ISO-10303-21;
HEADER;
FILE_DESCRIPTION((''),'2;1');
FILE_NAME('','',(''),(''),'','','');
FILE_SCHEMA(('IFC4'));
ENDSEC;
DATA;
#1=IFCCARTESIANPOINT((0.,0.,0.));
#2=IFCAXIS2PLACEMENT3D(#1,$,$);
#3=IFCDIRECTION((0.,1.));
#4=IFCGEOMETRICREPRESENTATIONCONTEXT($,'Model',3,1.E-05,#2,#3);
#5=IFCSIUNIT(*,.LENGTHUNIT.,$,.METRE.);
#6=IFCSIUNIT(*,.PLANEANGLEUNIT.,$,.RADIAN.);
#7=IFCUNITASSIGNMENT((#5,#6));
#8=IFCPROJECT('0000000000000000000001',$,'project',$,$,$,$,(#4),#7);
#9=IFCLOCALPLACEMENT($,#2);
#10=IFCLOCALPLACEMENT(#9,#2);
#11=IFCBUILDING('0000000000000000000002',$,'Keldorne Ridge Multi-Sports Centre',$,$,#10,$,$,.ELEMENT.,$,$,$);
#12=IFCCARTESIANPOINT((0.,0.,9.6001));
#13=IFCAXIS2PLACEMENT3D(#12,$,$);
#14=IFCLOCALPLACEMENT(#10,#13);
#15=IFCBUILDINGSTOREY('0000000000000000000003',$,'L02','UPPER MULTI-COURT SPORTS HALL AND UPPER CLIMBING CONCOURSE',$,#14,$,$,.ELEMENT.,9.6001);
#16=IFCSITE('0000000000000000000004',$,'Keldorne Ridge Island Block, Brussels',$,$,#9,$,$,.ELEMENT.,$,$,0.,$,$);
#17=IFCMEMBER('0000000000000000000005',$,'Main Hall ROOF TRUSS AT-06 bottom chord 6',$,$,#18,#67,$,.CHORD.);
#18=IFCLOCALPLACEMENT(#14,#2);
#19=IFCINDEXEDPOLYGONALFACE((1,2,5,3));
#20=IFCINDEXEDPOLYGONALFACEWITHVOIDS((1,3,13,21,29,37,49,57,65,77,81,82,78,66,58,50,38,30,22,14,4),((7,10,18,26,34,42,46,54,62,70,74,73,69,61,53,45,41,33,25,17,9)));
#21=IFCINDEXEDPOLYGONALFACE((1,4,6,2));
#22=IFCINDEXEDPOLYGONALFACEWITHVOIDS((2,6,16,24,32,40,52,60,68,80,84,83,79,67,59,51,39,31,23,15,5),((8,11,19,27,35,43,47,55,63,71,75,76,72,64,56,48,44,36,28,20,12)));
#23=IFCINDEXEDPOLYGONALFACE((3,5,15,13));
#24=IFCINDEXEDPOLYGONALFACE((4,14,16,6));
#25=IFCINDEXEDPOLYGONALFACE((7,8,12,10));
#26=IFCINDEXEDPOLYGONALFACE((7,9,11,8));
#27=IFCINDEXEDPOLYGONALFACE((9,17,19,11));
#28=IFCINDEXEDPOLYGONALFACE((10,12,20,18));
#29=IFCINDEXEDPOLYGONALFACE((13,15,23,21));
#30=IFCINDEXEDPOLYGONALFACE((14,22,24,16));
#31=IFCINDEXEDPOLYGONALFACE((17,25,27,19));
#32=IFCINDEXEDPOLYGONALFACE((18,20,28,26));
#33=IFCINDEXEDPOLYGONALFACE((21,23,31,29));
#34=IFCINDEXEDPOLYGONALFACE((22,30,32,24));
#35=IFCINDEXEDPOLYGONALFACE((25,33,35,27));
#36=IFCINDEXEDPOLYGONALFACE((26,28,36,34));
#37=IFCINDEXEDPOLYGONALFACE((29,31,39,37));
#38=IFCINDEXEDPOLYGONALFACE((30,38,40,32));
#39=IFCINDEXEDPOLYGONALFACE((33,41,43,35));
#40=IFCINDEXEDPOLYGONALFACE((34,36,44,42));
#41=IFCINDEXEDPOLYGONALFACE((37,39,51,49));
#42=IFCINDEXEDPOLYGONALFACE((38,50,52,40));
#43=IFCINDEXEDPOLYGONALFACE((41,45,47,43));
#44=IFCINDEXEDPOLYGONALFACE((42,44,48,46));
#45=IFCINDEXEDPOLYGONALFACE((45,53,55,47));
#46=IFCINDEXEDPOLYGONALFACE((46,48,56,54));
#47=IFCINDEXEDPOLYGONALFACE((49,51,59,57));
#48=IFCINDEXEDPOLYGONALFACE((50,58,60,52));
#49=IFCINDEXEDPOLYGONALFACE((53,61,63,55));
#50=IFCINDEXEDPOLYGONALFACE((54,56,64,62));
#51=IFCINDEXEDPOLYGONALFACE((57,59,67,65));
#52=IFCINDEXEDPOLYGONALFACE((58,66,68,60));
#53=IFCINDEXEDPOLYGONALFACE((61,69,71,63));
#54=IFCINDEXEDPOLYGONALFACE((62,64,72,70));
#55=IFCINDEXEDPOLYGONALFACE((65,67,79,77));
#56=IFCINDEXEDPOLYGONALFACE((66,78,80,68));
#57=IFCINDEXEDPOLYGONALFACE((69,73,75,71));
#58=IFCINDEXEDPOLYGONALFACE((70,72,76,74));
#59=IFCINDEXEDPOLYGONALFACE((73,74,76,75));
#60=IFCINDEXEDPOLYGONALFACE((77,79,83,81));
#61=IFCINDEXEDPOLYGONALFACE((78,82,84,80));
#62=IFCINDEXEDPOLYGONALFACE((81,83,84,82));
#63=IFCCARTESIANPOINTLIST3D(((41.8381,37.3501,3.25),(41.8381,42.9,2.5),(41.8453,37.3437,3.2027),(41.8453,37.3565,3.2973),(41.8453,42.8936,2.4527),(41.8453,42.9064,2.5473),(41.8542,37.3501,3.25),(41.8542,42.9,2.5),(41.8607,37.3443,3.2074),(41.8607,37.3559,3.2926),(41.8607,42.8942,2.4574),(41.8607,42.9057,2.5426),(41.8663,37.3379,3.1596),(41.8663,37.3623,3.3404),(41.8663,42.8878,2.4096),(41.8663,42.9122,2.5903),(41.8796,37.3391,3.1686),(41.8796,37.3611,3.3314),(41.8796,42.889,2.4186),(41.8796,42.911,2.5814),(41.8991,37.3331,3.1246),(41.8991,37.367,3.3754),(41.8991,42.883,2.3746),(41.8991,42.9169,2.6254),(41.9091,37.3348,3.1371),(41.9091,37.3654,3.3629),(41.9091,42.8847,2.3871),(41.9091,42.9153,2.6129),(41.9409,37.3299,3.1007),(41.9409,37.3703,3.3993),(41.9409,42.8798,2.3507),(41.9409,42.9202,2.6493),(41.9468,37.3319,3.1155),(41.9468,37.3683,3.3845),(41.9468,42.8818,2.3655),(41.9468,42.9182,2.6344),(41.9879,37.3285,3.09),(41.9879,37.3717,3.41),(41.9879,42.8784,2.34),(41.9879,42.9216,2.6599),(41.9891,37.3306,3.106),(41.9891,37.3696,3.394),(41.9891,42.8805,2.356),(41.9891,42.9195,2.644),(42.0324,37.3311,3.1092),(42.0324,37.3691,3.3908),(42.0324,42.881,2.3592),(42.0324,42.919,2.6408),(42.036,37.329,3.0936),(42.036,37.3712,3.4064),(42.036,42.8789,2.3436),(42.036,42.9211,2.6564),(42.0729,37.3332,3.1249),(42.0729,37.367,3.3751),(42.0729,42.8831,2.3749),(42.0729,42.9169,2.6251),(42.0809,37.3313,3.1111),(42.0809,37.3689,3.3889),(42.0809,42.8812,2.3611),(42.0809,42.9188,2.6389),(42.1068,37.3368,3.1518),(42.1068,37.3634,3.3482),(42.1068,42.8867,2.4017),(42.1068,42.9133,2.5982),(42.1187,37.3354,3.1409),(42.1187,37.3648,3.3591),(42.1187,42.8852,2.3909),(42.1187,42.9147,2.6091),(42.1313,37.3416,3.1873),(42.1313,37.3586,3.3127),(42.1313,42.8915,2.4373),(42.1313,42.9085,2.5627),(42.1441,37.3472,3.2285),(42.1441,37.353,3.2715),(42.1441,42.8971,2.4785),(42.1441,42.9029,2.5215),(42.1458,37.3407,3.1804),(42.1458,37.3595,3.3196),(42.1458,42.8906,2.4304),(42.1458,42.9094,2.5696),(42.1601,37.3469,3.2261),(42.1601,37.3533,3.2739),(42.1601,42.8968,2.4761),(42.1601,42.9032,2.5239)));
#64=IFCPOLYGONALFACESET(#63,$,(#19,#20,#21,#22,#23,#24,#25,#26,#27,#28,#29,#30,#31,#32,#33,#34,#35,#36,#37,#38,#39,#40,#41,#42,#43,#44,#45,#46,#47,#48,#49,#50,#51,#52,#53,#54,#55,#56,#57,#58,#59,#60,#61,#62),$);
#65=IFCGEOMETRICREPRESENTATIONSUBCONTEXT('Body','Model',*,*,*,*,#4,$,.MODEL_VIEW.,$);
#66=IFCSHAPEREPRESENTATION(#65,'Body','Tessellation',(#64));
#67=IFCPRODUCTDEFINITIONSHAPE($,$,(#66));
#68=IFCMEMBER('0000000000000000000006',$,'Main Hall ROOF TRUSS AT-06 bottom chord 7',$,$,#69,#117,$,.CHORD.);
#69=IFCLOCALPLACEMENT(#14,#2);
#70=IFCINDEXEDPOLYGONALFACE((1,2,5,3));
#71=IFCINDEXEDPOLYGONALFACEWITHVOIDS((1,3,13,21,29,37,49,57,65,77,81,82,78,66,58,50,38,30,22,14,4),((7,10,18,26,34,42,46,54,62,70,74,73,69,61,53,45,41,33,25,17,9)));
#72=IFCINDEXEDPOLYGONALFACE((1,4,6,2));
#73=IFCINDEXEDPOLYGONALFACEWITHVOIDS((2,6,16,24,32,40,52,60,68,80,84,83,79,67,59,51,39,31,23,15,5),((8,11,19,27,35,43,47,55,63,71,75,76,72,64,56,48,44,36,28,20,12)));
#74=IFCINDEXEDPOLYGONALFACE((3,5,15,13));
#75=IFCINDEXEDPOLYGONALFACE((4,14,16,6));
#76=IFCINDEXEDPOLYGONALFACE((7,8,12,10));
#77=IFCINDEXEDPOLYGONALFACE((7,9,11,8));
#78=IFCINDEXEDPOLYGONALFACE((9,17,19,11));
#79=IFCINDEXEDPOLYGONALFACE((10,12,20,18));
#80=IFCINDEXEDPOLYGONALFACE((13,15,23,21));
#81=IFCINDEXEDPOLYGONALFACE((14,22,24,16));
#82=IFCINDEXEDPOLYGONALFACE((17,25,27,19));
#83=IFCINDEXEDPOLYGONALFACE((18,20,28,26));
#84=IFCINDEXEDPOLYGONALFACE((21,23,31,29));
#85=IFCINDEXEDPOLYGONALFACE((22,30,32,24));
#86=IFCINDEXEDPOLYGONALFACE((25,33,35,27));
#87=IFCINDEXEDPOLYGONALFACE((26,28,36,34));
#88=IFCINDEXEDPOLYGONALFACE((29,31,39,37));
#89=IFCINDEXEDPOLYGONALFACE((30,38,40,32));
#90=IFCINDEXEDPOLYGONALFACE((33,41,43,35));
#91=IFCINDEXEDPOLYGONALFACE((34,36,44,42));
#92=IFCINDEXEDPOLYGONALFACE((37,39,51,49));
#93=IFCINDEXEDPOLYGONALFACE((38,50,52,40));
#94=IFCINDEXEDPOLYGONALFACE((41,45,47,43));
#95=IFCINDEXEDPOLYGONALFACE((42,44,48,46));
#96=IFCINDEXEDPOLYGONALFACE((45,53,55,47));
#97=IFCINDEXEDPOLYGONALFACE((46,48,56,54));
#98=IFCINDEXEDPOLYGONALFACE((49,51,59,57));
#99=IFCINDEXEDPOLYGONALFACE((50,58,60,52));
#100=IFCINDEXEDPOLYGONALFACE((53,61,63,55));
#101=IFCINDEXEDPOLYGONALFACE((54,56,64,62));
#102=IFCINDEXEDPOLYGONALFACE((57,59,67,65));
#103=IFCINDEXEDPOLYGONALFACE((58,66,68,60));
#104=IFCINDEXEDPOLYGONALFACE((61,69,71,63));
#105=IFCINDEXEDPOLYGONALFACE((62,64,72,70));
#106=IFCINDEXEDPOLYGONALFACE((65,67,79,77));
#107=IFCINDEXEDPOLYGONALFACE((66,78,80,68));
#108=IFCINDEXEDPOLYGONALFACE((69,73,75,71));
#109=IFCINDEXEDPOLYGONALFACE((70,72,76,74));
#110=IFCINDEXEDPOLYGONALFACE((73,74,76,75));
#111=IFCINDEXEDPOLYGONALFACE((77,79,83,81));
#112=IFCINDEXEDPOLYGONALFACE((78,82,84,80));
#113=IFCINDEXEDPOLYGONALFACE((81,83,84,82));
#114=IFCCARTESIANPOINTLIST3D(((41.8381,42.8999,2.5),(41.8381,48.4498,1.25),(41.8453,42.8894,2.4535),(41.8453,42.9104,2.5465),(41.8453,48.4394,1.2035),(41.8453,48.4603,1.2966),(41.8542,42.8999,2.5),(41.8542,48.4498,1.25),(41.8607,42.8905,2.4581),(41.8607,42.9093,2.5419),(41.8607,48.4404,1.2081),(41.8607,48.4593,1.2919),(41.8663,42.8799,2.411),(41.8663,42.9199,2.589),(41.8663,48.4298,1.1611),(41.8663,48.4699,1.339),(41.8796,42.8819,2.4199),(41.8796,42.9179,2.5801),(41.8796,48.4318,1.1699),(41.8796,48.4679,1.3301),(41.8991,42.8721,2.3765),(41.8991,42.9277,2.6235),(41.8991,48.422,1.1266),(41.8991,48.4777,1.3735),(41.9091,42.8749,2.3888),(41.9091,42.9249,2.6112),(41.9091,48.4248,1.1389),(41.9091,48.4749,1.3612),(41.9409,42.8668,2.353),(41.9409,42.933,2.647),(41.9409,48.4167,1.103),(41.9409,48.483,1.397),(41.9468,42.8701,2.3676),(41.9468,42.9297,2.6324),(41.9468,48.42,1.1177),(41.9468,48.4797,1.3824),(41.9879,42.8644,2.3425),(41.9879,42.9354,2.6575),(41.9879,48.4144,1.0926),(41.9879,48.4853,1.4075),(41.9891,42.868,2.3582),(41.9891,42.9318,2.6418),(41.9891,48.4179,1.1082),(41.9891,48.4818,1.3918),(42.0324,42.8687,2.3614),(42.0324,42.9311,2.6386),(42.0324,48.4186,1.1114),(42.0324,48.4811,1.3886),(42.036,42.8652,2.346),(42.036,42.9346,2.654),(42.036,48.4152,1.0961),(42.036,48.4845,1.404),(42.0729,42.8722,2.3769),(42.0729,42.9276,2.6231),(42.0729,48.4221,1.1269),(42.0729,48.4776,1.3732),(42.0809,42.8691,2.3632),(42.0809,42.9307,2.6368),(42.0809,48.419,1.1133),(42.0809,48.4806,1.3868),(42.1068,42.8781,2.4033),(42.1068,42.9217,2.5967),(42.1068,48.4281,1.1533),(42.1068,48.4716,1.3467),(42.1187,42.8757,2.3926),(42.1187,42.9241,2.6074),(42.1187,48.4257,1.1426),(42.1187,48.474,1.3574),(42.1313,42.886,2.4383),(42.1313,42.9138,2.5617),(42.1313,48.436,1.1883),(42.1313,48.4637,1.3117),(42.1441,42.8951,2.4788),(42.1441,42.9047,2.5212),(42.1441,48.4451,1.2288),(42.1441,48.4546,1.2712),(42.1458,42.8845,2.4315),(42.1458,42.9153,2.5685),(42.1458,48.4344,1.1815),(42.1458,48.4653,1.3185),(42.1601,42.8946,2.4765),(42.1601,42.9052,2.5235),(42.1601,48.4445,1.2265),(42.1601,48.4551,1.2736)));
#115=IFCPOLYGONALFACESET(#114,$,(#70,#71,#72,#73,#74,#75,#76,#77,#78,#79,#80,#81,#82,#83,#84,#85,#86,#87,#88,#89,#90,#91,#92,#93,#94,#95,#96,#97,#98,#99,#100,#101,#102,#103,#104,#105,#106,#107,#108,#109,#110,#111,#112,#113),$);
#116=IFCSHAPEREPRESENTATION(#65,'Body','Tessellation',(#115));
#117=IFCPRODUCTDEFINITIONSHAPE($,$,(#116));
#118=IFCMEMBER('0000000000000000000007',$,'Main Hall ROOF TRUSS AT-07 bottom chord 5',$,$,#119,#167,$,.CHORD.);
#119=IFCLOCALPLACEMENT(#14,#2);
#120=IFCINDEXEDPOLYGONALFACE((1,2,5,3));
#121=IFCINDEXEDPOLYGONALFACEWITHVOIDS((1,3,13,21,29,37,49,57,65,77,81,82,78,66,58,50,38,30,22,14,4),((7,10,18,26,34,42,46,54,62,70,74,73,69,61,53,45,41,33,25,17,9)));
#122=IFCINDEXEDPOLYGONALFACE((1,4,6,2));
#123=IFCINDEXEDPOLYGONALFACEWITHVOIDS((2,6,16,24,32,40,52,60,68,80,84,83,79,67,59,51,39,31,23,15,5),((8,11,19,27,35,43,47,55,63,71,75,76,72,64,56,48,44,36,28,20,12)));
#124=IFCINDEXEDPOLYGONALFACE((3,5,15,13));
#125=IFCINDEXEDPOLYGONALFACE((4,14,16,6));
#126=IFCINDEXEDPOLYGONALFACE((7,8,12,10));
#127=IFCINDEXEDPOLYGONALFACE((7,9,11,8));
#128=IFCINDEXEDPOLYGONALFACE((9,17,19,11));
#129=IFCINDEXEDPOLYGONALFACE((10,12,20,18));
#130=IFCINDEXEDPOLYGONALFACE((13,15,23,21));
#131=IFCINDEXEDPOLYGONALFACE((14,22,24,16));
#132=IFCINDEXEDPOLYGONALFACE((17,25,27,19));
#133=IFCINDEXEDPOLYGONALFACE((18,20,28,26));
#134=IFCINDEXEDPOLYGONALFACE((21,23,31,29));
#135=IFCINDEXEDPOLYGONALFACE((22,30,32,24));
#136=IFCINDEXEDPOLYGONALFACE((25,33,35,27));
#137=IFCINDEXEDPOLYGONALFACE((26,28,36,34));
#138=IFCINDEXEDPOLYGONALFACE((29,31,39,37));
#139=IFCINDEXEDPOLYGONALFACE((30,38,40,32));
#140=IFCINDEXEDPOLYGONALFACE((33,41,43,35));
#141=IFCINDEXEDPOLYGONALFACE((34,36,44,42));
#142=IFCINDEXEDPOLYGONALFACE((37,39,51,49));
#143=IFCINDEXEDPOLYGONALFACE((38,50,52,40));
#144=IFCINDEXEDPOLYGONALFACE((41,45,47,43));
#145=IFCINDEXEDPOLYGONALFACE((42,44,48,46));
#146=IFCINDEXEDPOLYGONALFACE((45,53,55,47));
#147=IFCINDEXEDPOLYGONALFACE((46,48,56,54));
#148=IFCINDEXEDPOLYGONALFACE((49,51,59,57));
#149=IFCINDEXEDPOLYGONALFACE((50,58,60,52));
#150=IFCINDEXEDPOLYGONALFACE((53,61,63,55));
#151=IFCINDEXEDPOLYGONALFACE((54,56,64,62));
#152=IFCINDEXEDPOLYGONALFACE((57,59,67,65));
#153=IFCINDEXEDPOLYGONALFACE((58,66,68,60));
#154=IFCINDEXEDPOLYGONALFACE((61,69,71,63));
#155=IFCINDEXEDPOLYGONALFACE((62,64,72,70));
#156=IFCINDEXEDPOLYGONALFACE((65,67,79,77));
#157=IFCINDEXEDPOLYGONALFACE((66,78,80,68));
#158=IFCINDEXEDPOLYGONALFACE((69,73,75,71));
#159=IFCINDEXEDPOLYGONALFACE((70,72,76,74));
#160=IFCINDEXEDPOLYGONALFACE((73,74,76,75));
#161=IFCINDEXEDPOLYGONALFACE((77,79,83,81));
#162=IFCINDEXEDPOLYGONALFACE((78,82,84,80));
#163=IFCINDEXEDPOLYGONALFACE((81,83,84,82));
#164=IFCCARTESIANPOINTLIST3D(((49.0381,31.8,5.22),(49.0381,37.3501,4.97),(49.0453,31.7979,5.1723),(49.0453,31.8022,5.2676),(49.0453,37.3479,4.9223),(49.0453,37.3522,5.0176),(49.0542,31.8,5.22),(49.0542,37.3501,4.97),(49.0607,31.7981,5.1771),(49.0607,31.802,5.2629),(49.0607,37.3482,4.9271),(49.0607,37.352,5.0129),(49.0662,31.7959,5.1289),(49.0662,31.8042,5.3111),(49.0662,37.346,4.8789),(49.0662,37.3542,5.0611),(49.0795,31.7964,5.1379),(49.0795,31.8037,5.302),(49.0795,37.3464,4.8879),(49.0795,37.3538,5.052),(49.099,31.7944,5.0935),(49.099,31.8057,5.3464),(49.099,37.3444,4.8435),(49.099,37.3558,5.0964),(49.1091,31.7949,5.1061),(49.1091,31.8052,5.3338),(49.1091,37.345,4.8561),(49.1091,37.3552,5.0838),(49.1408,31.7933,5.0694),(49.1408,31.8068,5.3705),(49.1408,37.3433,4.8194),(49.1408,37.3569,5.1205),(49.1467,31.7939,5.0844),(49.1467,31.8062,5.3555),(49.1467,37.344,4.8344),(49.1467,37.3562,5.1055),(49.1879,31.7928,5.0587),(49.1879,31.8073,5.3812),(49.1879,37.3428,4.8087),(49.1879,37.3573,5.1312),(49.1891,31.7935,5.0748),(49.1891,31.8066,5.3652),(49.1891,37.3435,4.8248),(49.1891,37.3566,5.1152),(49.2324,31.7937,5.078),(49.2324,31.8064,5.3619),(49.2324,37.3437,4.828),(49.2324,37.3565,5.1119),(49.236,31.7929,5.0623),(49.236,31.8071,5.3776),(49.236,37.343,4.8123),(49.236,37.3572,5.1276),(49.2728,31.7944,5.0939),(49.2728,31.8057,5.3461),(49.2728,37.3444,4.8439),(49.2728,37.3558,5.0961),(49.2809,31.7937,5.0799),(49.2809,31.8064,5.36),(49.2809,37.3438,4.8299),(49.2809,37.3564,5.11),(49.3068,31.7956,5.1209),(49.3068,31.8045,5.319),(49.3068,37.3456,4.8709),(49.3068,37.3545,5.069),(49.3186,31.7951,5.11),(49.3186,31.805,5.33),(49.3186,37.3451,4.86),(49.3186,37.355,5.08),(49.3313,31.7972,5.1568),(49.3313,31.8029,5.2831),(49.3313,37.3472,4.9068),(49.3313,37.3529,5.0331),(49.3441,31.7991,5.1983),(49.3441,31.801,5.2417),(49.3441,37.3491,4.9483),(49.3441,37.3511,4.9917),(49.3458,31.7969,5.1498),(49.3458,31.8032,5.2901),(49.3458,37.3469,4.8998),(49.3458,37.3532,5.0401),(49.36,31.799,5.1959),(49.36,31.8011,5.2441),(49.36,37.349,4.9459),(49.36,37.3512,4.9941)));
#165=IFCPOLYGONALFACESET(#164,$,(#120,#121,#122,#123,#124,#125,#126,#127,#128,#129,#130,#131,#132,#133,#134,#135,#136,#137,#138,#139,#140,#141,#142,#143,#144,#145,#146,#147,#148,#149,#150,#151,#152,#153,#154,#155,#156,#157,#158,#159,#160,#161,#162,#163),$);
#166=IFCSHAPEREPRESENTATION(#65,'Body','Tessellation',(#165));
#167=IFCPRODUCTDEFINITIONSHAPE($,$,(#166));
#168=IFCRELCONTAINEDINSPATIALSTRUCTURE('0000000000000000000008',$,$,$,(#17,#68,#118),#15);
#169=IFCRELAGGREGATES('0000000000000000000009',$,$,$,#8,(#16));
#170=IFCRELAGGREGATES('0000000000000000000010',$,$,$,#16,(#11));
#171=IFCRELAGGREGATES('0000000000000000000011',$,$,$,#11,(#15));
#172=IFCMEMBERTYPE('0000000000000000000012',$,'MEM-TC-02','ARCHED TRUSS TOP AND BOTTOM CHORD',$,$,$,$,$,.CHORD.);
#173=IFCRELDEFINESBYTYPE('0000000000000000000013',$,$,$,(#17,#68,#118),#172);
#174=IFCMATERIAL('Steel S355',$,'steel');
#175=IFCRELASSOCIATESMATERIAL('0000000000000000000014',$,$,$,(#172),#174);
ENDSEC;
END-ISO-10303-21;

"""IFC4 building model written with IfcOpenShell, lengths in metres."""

from ifc_helpers import new_model, si_unit, direction, frame, origin, origin_2d, place, context, subcontext, project, spatial, hollow_circle, extrude, material, material_profile, profile_set, type_object, element, save


model = new_model("IFC4")

# Units and contexts
model_context = context("Model", 3, precision=1e-05, world=origin(), true_north=direction((0.0, 1.0)))
body_context = subcontext(model_context, "Body", "Model", "MODEL_VIEW")
ifc_project = project(units=[si_unit("LENGTHUNIT", "METRE"), si_unit("PLANEANGLEUNIT", "RADIAN")], contexts=[model_context])

# Site, building, storey
site_placement = place(None, origin())
site = spatial("IfcSite", under=ifc_project, at=site_placement, Name="Keldorne Ridge Island Block, Brussels", CompositionType="ELEMENT", RefElevation=0.0)
building_placement = place(site_placement, origin())
building = spatial("IfcBuilding", under=site, at=building_placement, Name="Keldorne Ridge Multi-Sports Centre", CompositionType="ELEMENT")
storey_placement = place(building_placement, frame((0.0, 0.0, 9.6001)))
storey = spatial("IfcBuildingStorey", under=building, at=storey_placement, Name="L02", Description="UPPER MULTI-COURT SPORTS HALL AND UPPER CLIMBING CONCOURSE", CompositionType="ELEMENT", Elevation=9.6001)

# Members
ifc_material = material(Name="Steel S355", Category="steel")
ifc_material_profile_1 = material_profile(ifc_material, hollow_circle(Radius=0.1619, WallThickness=0.0161, at=origin_2d()), Name="CHS 323.9x16")
ifc_profile_set_1 = profile_set([ifc_material_profile_1], Name="Steel S355")
member_type_1 = type_object("IfcMemberType", Name="MEM-TC-02", Description="ARCHED TRUSS TOP AND BOTTOM CHORD", PredefinedType="CHORD", material=ifc_profile_set_1)
member_1_placement = place(storey_placement, frame((42.0, 37.3501, 3.25), z_axis=(0.0, 0.990992, -0.133923), x_axis=(-1.0, 0.0, 0.0)))
element("IfcMember", 1, at=member_1_placement, inside=storey, type_object=member_type_1, Name="Main Hall ROOF TRUSS AT-06 bottom chord 6", PredefinedType="CHORD", context=body_context, shape_type="SweptSolid", body=[
    extrude(hollow_circle(Radius=0.1619, WallThickness=0.0161, at=origin_2d()), origin(), (0.0, 0.0, 1.0), 5.6003),
])
member_2_placement = place(storey_placement, frame((42.0, 42.8999, 2.5), z_axis=(0.0, 0.975563, -0.219719), x_axis=(-1.0, 0.0, 0.0)))
element("IfcMember", 2, at=member_2_placement, inside=storey, type_object=member_type_1, Name="Main Hall ROOF TRUSS AT-06 bottom chord 7", PredefinedType="CHORD", context=body_context, shape_type="SweptSolid", body=[
    extrude(hollow_circle(Radius=0.1619, WallThickness=0.0161, at=origin_2d()), origin(), (0.0, 0.0, 1.0), 5.689),
])
member_3_placement = place(storey_placement, frame((49.2, 31.8, 5.22), z_axis=(0.0, 0.998987, -0.044999), x_axis=(-1.0, 0.0, 0.0)))
element("IfcMember", 3, at=member_3_placement, inside=storey, type_object=member_type_1, Name="Main Hall ROOF TRUSS AT-07 bottom chord 5", PredefinedType="CHORD", context=body_context, shape_type="SweptSolid", body=[
    extrude(hollow_circle(Radius=0.1619, WallThickness=0.0161, at=origin_2d()), origin(), (0.0, 0.0, 1.0), 5.5557),
])

save(model, "model.ifc")
